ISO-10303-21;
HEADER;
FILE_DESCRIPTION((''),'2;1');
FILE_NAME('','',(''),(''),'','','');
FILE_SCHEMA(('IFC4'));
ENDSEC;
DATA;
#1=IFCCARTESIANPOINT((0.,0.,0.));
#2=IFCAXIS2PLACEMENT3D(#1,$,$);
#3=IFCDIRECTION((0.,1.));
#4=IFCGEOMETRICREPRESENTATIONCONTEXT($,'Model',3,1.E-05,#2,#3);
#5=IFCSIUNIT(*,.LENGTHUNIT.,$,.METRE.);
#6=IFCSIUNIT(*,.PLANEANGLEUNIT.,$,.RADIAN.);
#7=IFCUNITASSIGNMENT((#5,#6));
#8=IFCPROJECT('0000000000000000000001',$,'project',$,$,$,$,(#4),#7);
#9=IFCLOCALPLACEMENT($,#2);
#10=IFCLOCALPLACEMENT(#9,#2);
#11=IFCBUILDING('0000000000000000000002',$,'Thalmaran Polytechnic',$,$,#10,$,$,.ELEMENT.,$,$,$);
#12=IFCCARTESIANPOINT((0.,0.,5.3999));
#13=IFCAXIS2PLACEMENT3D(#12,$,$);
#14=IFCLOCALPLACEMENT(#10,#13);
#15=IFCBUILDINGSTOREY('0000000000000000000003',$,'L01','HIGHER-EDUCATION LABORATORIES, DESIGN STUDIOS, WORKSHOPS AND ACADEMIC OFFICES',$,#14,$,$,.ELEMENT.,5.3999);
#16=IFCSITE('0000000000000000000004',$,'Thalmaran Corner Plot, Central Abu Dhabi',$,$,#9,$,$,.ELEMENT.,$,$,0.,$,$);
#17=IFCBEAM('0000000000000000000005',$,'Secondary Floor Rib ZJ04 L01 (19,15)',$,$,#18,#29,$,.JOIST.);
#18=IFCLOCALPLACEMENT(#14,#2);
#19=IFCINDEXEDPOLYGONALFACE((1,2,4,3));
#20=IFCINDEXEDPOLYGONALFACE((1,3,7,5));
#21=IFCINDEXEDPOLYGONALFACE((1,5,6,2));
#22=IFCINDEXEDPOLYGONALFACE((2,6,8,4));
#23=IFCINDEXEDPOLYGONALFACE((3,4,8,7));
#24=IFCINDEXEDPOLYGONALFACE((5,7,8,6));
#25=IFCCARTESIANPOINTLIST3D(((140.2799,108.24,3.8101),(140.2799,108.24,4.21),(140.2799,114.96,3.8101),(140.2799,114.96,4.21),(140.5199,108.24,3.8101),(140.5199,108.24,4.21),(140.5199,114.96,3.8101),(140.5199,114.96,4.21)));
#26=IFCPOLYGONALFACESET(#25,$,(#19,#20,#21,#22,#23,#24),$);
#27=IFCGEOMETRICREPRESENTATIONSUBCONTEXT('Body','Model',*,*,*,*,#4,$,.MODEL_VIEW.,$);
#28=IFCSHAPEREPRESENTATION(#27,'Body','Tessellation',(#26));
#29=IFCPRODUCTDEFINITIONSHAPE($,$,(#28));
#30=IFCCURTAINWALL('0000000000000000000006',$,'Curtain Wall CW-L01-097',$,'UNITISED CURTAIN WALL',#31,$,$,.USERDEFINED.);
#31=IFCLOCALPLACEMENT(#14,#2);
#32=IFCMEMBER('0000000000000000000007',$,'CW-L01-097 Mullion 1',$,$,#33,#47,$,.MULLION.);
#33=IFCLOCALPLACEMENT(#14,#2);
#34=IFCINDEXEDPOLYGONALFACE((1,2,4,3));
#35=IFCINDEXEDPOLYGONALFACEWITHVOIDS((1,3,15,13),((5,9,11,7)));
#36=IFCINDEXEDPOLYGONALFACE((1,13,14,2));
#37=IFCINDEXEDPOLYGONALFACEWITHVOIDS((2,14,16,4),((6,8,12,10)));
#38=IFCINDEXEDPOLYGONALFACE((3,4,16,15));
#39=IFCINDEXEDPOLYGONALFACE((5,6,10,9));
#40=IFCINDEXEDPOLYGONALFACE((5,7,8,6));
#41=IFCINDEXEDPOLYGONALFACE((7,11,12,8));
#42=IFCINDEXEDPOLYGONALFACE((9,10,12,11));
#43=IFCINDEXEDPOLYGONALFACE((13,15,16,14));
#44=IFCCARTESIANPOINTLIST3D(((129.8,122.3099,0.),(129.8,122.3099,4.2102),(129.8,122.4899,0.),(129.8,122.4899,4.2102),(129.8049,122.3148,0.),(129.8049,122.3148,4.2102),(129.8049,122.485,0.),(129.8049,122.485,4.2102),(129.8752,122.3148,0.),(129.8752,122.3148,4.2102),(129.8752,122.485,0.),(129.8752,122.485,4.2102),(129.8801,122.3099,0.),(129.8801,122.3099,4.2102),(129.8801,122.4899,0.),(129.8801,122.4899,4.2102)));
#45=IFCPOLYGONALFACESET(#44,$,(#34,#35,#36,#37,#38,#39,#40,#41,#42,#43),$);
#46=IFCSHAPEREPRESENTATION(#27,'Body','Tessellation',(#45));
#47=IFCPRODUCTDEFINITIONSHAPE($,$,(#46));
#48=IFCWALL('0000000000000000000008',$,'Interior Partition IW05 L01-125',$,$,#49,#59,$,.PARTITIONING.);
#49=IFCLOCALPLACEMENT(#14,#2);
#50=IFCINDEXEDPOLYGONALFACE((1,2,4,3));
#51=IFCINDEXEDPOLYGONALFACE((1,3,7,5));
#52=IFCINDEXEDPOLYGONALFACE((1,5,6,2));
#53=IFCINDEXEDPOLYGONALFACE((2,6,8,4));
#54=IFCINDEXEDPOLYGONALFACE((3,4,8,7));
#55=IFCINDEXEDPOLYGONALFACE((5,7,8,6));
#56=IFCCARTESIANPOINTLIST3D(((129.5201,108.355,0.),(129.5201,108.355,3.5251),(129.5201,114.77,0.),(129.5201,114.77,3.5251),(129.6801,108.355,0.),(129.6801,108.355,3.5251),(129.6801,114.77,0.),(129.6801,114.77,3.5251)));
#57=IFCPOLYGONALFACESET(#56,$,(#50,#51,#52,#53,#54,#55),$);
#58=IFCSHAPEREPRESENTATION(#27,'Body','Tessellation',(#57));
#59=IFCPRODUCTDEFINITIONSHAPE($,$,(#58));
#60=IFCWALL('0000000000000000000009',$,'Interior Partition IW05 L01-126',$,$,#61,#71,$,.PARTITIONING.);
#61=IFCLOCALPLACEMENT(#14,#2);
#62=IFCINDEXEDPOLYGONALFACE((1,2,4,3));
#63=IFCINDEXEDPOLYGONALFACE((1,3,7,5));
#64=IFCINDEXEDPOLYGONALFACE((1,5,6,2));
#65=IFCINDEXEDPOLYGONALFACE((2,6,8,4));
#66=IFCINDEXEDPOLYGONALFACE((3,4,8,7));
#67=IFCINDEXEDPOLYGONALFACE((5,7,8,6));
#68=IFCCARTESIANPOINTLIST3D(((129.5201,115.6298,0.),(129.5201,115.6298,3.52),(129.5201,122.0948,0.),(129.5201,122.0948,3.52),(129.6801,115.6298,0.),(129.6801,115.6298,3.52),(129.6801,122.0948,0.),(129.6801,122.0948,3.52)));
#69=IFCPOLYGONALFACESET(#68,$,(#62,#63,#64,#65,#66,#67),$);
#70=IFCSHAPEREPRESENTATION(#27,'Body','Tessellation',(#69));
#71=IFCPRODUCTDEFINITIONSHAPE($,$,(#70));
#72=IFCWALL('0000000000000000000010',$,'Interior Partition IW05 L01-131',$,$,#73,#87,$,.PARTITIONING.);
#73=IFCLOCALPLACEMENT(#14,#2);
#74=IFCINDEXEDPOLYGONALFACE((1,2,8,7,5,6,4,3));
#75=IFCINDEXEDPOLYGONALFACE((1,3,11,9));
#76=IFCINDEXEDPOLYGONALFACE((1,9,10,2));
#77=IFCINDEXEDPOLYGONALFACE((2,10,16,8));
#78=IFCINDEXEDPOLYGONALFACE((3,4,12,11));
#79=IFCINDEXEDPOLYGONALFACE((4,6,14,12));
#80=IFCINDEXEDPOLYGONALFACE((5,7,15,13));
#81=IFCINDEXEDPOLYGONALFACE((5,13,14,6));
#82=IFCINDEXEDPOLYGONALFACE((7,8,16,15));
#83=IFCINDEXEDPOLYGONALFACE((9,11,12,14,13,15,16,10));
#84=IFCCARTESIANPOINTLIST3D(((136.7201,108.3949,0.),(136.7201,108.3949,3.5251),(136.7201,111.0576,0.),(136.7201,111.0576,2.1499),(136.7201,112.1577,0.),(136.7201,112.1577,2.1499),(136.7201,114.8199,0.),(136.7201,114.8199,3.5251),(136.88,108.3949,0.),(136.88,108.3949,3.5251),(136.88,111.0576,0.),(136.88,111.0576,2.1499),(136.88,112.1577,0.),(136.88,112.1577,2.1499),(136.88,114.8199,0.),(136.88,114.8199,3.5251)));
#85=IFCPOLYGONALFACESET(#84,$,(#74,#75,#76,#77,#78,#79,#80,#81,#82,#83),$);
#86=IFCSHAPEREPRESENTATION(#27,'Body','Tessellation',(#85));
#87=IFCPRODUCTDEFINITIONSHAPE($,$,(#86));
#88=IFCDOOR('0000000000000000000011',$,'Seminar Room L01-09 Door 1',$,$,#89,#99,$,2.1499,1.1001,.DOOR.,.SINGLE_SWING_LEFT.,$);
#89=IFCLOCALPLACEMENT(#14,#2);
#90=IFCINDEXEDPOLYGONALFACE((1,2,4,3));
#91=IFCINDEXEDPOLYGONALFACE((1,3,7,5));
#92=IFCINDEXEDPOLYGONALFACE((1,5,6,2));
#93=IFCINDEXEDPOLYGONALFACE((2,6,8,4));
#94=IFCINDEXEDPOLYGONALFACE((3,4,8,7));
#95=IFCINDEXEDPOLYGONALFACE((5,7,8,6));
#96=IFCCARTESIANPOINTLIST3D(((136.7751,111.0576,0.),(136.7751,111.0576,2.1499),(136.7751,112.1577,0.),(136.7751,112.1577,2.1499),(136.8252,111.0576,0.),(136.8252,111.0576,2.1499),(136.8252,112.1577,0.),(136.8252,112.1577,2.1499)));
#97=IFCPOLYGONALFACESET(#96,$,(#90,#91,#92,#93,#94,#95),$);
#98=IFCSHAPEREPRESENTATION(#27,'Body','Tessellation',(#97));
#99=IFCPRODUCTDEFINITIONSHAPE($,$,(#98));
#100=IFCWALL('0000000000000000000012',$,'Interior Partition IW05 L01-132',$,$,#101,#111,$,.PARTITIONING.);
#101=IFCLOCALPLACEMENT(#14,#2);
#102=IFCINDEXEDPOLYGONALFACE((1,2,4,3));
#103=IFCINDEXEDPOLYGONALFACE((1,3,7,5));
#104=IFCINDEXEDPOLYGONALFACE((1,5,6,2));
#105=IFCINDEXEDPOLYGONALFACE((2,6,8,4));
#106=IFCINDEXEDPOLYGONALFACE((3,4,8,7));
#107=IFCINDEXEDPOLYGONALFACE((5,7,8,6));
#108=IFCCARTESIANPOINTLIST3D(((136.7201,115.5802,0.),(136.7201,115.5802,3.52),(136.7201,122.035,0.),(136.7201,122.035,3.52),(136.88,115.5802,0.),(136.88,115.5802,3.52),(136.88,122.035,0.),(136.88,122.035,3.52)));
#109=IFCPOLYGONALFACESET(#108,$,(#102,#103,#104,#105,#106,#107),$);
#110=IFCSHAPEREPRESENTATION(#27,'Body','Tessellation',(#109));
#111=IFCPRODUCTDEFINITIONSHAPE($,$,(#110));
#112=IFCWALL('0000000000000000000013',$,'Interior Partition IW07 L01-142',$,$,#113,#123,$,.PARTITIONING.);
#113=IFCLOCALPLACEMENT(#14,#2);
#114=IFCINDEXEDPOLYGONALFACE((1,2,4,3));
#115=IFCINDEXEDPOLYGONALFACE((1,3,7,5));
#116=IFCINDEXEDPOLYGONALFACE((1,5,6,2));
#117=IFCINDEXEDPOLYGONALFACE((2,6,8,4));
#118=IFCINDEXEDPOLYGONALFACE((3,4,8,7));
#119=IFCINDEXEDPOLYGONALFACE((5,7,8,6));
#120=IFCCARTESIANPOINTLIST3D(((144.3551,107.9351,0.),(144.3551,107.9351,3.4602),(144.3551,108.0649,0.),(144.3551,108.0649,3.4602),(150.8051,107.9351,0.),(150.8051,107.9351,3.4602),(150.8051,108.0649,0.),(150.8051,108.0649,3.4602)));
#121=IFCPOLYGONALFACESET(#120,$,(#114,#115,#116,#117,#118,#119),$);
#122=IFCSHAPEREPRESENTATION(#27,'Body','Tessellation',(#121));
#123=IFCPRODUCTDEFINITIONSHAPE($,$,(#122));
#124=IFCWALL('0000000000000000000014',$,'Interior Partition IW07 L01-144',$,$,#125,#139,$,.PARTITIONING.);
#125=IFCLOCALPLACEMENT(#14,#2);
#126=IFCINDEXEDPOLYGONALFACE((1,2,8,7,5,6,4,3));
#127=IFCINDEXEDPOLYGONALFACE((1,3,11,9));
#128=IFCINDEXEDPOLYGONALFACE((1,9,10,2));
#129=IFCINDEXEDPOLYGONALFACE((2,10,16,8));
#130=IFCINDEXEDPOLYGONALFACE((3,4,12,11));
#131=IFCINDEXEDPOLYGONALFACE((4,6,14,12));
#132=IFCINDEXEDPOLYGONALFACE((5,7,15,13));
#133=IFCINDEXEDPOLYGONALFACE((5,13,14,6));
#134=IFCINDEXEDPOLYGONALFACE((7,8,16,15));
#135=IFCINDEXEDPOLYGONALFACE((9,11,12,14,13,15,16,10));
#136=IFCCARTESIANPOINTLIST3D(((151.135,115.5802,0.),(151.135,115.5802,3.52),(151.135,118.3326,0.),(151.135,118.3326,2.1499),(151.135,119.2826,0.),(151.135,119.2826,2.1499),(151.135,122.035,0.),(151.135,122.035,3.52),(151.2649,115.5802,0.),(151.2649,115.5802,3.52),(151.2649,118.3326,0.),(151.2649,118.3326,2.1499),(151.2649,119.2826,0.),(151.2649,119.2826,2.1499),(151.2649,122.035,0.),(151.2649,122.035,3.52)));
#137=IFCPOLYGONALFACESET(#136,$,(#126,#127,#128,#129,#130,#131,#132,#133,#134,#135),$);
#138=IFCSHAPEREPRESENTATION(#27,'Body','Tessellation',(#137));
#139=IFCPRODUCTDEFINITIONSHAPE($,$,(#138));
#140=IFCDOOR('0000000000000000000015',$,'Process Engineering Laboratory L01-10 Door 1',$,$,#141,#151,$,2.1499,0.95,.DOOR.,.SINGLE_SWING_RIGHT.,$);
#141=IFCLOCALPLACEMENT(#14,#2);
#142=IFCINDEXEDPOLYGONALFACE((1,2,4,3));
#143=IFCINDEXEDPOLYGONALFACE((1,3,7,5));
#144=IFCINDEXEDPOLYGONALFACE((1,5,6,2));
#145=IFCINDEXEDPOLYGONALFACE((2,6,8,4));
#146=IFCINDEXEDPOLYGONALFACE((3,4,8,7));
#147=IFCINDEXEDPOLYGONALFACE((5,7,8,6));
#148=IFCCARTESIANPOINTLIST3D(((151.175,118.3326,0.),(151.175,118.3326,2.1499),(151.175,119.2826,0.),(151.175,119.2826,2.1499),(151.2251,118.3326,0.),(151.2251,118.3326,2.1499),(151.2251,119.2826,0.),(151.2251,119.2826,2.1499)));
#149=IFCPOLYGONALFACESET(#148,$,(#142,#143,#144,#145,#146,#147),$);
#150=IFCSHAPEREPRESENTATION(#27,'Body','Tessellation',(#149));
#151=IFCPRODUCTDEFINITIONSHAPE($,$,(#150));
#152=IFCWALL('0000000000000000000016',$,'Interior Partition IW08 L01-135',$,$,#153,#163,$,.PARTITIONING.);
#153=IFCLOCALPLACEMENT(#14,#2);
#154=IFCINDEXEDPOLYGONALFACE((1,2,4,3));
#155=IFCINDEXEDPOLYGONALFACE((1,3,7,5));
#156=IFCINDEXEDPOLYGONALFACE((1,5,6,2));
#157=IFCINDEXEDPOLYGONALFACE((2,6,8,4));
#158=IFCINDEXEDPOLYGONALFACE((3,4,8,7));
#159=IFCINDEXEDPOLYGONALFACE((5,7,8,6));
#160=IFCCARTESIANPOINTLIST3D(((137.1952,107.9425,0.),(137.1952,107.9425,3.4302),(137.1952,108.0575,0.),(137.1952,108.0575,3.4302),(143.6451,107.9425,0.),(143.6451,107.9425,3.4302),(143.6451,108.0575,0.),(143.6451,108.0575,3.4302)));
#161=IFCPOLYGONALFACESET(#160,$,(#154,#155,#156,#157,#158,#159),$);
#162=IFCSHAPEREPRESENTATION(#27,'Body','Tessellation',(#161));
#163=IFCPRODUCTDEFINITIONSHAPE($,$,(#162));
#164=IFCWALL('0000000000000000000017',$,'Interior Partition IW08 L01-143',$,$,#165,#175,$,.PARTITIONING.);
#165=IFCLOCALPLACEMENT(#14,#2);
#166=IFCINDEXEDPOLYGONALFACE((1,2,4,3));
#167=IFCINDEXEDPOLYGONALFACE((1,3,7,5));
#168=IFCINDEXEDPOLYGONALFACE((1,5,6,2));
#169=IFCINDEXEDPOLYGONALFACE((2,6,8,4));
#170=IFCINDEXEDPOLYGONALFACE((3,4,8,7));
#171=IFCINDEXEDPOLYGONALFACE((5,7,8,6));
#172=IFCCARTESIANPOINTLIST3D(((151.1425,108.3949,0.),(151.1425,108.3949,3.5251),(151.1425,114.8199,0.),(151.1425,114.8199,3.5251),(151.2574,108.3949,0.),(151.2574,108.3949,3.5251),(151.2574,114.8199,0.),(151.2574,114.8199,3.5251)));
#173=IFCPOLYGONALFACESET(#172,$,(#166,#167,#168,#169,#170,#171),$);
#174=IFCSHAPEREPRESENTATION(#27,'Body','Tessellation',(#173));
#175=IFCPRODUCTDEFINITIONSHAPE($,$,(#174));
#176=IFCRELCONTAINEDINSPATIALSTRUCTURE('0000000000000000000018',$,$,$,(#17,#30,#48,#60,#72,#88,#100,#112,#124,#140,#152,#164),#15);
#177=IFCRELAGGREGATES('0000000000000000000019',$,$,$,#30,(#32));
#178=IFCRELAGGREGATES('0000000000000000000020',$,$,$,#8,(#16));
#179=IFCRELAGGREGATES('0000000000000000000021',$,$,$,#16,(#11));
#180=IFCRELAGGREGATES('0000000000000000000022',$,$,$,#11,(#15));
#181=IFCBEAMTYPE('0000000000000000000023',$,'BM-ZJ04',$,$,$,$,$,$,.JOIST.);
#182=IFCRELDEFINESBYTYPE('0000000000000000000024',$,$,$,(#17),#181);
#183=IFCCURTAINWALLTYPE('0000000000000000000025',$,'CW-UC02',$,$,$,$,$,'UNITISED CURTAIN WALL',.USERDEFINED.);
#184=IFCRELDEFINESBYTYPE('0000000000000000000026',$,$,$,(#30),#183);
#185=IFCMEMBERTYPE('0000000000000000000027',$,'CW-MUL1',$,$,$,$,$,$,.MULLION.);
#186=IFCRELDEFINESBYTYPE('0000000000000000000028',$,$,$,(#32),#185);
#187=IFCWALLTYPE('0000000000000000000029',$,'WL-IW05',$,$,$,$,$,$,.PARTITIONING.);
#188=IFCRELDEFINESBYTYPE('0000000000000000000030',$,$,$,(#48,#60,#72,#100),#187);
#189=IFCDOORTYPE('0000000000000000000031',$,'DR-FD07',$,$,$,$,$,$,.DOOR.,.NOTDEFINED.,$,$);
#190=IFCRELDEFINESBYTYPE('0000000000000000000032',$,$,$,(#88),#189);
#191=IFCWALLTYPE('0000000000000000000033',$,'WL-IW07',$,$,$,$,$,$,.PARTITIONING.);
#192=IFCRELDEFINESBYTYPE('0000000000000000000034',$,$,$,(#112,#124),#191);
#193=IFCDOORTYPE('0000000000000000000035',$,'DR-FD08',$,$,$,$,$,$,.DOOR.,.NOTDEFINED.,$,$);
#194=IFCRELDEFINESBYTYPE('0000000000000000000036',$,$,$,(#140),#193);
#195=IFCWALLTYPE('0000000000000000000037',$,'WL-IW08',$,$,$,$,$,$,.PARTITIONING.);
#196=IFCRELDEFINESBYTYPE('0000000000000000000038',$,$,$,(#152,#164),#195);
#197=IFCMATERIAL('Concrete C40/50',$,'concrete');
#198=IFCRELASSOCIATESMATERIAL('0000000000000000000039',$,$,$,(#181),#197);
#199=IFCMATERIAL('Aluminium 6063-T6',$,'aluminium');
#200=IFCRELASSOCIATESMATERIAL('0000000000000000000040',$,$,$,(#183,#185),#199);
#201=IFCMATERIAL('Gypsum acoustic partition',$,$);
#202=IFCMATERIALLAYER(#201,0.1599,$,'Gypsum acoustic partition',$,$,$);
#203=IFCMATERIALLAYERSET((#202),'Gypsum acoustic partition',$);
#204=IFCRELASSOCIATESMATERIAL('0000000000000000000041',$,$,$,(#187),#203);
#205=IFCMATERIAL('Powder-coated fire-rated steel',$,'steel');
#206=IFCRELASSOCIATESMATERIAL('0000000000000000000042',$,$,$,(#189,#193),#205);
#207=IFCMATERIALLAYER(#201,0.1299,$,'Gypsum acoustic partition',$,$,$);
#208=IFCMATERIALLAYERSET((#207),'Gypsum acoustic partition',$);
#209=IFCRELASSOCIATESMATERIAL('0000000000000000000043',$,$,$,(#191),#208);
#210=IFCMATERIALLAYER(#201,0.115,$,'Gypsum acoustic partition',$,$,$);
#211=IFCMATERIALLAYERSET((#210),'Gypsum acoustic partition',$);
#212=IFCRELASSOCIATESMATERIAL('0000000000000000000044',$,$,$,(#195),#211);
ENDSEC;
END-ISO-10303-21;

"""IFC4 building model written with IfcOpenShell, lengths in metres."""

from ifc_helpers import new_model, si_unit, direction, frame, frame_2d, origin, origin_2d, place, context, subcontext, project, spatial, rectangle, hollow_rectangle, extrude, material, layer, layer_set, material_profile, profile_set, type_object, element, fill, aggregate, save


model = new_model("IFC4")

# Units and contexts
model_context = context("Model", 3, precision=1e-05, world=origin(), true_north=direction((0.0, 1.0)))
body_context = subcontext(model_context, "Body", "Model", "MODEL_VIEW")
ifc_project = project(units=[si_unit("LENGTHUNIT", "METRE"), si_unit("PLANEANGLEUNIT", "RADIAN")], contexts=[model_context])

# Site, building, storey
site_placement = place(None, origin())
site = spatial("IfcSite", under=ifc_project, at=site_placement, Name="Thalmaran Corner Plot, Central Abu Dhabi", CompositionType="ELEMENT", RefElevation=0.0)
building_placement = place(site_placement, origin())
building = spatial("IfcBuilding", under=site, at=building_placement, Name="Thalmaran Polytechnic", CompositionType="ELEMENT")
storey_placement = place(building_placement, frame((0.0, 0.0, 5.3999)))
storey = spatial("IfcBuildingStorey", under=building, at=storey_placement, Name="L01", Description="HIGHER-EDUCATION LABORATORIES, DESIGN STUDIOS, WORKSHOPS AND ACADEMIC OFFICES", CompositionType="ELEMENT", Elevation=5.3999)

# Shared definitions
ifc_material_1 = material(Name="Concrete C40/50", Category="concrete")

# Beam
ifc_material_profile_1 = material_profile(ifc_material_1, rectangle(XDim=0.24, YDim=0.3999, at=origin_2d()), Name="RC 240x400")
ifc_profile_set_1 = profile_set([ifc_material_profile_1], Name="Concrete C40/50")
beam_type_1 = type_object("IfcBeamType", Name="BM-ZJ04", PredefinedType="JOIST", material=ifc_profile_set_1)
beam_1_placement = place(storey_placement, frame((140.3999, 108.24, 4.01), z_axis=(0.0, 1.0, 0.0), x_axis=(-1.0, 0.0, 0.0)))
element("IfcBeam", 1, at=beam_1_placement, inside=storey, type_object=beam_type_1, Name="Secondary Floor Rib ZJ04 L01 (19,15)", PredefinedType="JOIST", context=body_context, shape_type="SweptSolid", body=[
    extrude(rectangle(XDim=0.24, YDim=0.3999, at=origin_2d()), origin(), (0.0, 0.0, 1.0), 6.72),
])

# Curtain wall, member
ifc_material_2 = material(Name="Aluminium 6063-T6", Category="aluminium")
curtain_wall_type = type_object("IfcCurtainWallType", Name="CW-UC02", ElementType="UNITISED CURTAIN WALL", PredefinedType="USERDEFINED", material=ifc_material_2)
curtain_wall_placement = place(storey_placement, origin())
curtain_wall = element("IfcCurtainWall", 2, at=curtain_wall_placement, inside=storey, type_object=curtain_wall_type, Name="Curtain Wall CW-L01-097", ObjectType="UNITISED CURTAIN WALL", PredefinedType="USERDEFINED")
ifc_material_profile_2 = material_profile(ifc_material_2, hollow_rectangle(XDim=0.0801, YDim=0.1799, WallThickness=0.0049, at=origin_2d()), Name="RHS 180x80x5.0")
ifc_profile_set_2 = profile_set([ifc_material_profile_2], Name="Aluminium 6063-T6")
member_type = type_object("IfcMemberType", Name="CW-MUL1", PredefinedType="MULLION", material=ifc_profile_set_2)
member_placement = place(storey_placement, frame((129.8401, 122.3999, 0.0), z_axis=(0.0, 0.0, 1.0), x_axis=(1.0, 0.0, 0.0)))
member = element("IfcMember", 3, at=member_placement, type_object=member_type, Name="CW-L01-097 Mullion 1", PredefinedType="MULLION", context=body_context, shape_type="SweptSolid", body=[
    extrude(hollow_rectangle(XDim=0.0801, YDim=0.1799, WallThickness=0.0049, at=origin_2d()), origin(), (0.0, 0.0, 1.0), 4.2102),
])
aggregate(curtain_wall, [member])

# Walls
ifc_material_3 = material(Name="Gypsum acoustic partition")
ifc_layer_1 = layer(ifc_material_3, 0.1599, Name="Gypsum acoustic partition")
ifc_layer_set_1 = layer_set([ifc_layer_1], Name="Gypsum acoustic partition")
wall_type_1 = type_object("IfcWallType", Name="WL-IW05", PredefinedType="PARTITIONING", material=ifc_layer_set_1)
wall_1_placement = place(storey_placement, frame((129.6001, 108.355, 0.0), z_axis=(0.0, 0.0, 1.0), x_axis=(0.0, 1.0, 0.0)))
element("IfcWall", 4, at=wall_1_placement, inside=storey, type_object=wall_type_1, Name="Interior Partition IW05 L01-125", PredefinedType="PARTITIONING", context=body_context, shape_type="SweptSolid", body=[
    extrude(rectangle(XDim=6.415, YDim=0.1599, at=frame_2d((3.2075, 0.0))), origin(), (0.0, 0.0, 1.0), 3.5251),
])
wall_2_placement = place(storey_placement, frame((129.6001, 115.6299, 0.0), z_axis=(0.0, 0.0, 1.0), x_axis=(0.0, 1.0, 0.0)))
element("IfcWall", 5, at=wall_2_placement, inside=storey, type_object=wall_type_1, Name="Interior Partition IW05 L01-126", PredefinedType="PARTITIONING", context=body_context, shape_type="SweptSolid", body=[
    extrude(rectangle(XDim=6.4651, YDim=0.1599, at=frame_2d((3.2324, 0.0))), origin(), (0.0, 0.0, 1.0), 3.52),
])

# Wall, opening, door
wall_3_placement = place(storey_placement, frame((136.8, 108.395, 0.0), z_axis=(0.0, 0.0, 1.0), x_axis=(0.0, 1.0, 0.0)))
wall_3 = element("IfcWall", 6, at=wall_3_placement, inside=storey, type_object=wall_type_1, Name="Interior Partition IW05 L01-131", PredefinedType="PARTITIONING", context=body_context, shape_type="SweptSolid", body=[
    extrude(rectangle(XDim=6.425, YDim=0.1599, at=frame_2d((3.2124, 0.0))), origin(), (0.0, 0.0, 1.0), 3.5251),
])
opening_1_placement = place(wall_3_placement, frame((2.6626, 0.0, 0.0)))
opening_1 = element("IfcOpeningElement", 7, at=opening_1_placement, cuts=wall_3, PredefinedType="OPENING", context=body_context, shape_type="SweptSolid", body=[
    extrude(rectangle(XDim=1.1001, YDim=2.1499, at=frame_2d((0.55, 1.075))), frame((0.0, 0.0898, 0.0), z_axis=(0.0, -1.0, 0.0), x_axis=(1.0, 0.0, 0.0)), (0.0, 0.0, 1.0), 0.1799),
])
ifc_material_4 = material(Name="Powder-coated fire-rated steel", Category="steel")
door_type_1 = type_object("IfcDoorType", Name="DR-FD07", OperationType="NOTDEFINED", PredefinedType="DOOR", material=ifc_material_4)
door_1_placement = place(opening_1_placement, origin())
door_1 = element("IfcDoor", 8, at=door_1_placement, inside=storey, type_object=door_type_1, Name="Seminar Room L01-09 Door 1", OperationType="SINGLE_SWING_LEFT", OverallHeight=2.1499, OverallWidth=1.1001, PredefinedType="DOOR", context=body_context, shape_type="SweptSolid", body=[
    extrude(rectangle(XDim=1.1001, YDim=2.1499, at=frame_2d((0.55, 1.075))), frame((0.0, 0.0249, 0.0), z_axis=(0.0, -1.0, 0.0), x_axis=(1.0, 0.0, 0.0)), (0.0, 0.0, 1.0), 0.05),
])
fill(opening_1, door_1)

# Walls
wall_4_placement = place(storey_placement, frame((136.8, 115.5801, 0.0), z_axis=(0.0, 0.0, 1.0), x_axis=(0.0, 1.0, 0.0)))
element("IfcWall", 9, at=wall_4_placement, inside=storey, type_object=wall_type_1, Name="Interior Partition IW05 L01-132", PredefinedType="PARTITIONING", context=body_context, shape_type="SweptSolid", body=[
    extrude(rectangle(XDim=6.4548, YDim=0.1599, at=frame_2d((3.2275, 0.0))), origin(), (0.0, 0.0, 1.0), 3.52),
])
ifc_layer_2 = layer(ifc_material_3, 0.1299, Name="Gypsum acoustic partition")
ifc_layer_set_2 = layer_set([ifc_layer_2], Name="Gypsum acoustic partition")
wall_type_2 = type_object("IfcWallType", Name="WL-IW07", PredefinedType="PARTITIONING", material=ifc_layer_set_2)
wall_5_placement = place(storey_placement, frame((144.355, 108.0, 0.0), z_axis=(0.0, 0.0, 1.0), x_axis=(1.0, 0.0, 0.0)))
element("IfcWall", 10, at=wall_5_placement, inside=storey, type_object=wall_type_2, Name="Interior Partition IW07 L01-142", PredefinedType="PARTITIONING", context=body_context, shape_type="SweptSolid", body=[
    extrude(rectangle(XDim=6.45, YDim=0.1299, at=frame_2d((3.2251, 0.0))), origin(), (0.0, 0.0, 1.0), 3.4602),
])

# Wall, opening, door
wall_6_placement = place(storey_placement, frame((151.2, 115.5801, 0.0), z_axis=(0.0, 0.0, 1.0), x_axis=(0.0, 1.0, 0.0)))
wall_6 = element("IfcWall", 11, at=wall_6_placement, inside=storey, type_object=wall_type_2, Name="Interior Partition IW07 L01-144", PredefinedType="PARTITIONING", context=body_context, shape_type="SweptSolid", body=[
    extrude(rectangle(XDim=6.4548, YDim=0.1299, at=frame_2d((3.2275, 0.0))), origin(), (0.0, 0.0, 1.0), 3.52),
])
opening_2_placement = place(wall_6_placement, frame((2.7524, 0.0, 0.0)))
opening_2 = element("IfcOpeningElement", 12, at=opening_2_placement, cuts=wall_6, PredefinedType="OPENING", context=body_context, shape_type="SweptSolid", body=[
    extrude(rectangle(XDim=0.95, YDim=2.1499, at=frame_2d((0.4751, 1.075))), frame((0.0, 0.075, 0.0), z_axis=(0.0, -1.0, 0.0), x_axis=(1.0, 0.0, 0.0)), (0.0, 0.0, 1.0), 0.1499),
])
door_type_2 = type_object("IfcDoorType", Name="DR-FD08", OperationType="NOTDEFINED", PredefinedType="DOOR", material=ifc_material_4)
door_2_placement = place(opening_2_placement, origin())
door_2 = element("IfcDoor", 13, at=door_2_placement, inside=storey, type_object=door_type_2, Name="Process Engineering Laboratory L01-10 Door 1", OperationType="SINGLE_SWING_RIGHT", OverallHeight=2.1499, OverallWidth=0.95, PredefinedType="DOOR", context=body_context, shape_type="SweptSolid", body=[
    extrude(rectangle(XDim=0.95, YDim=2.1499, at=frame_2d((0.4751, 1.075))), frame((0.0, 0.0249, 0.0), z_axis=(0.0, -1.0, 0.0), x_axis=(1.0, 0.0, 0.0)), (0.0, 0.0, 1.0), 0.05),
])
fill(opening_2, door_2)

# Walls
ifc_layer_3 = layer(ifc_material_3, 0.115, Name="Gypsum acoustic partition")
ifc_layer_set_3 = layer_set([ifc_layer_3], Name="Gypsum acoustic partition")
wall_type_3 = type_object("IfcWallType", Name="WL-IW08", PredefinedType="PARTITIONING", material=ifc_layer_set_3)
wall_7_placement = place(storey_placement, frame((137.1951, 108.0, 0.0), z_axis=(0.0, 0.0, 1.0), x_axis=(1.0, 0.0, 0.0)))
element("IfcWall", 14, at=wall_7_placement, inside=storey, type_object=wall_type_3, Name="Interior Partition IW08 L01-135", PredefinedType="PARTITIONING", context=body_context, shape_type="SweptSolid", body=[
    extrude(rectangle(XDim=6.45, YDim=0.115, at=frame_2d((3.2251, 0.0))), origin(), (0.0, 0.0, 1.0), 3.4302),
])
wall_8_placement = place(storey_placement, frame((151.2, 108.395, 0.0), z_axis=(0.0, 0.0, 1.0), x_axis=(0.0, 1.0, 0.0)))
element("IfcWall", 15, at=wall_8_placement, inside=storey, type_object=wall_type_3, Name="Interior Partition IW08 L01-143", PredefinedType="PARTITIONING", context=body_context, shape_type="SweptSolid", body=[
    extrude(rectangle(XDim=6.425, YDim=0.115, at=frame_2d((3.2124, 0.0))), origin(), (0.0, 0.0, 1.0), 3.5251),
])

save(model, "model.ifc")
